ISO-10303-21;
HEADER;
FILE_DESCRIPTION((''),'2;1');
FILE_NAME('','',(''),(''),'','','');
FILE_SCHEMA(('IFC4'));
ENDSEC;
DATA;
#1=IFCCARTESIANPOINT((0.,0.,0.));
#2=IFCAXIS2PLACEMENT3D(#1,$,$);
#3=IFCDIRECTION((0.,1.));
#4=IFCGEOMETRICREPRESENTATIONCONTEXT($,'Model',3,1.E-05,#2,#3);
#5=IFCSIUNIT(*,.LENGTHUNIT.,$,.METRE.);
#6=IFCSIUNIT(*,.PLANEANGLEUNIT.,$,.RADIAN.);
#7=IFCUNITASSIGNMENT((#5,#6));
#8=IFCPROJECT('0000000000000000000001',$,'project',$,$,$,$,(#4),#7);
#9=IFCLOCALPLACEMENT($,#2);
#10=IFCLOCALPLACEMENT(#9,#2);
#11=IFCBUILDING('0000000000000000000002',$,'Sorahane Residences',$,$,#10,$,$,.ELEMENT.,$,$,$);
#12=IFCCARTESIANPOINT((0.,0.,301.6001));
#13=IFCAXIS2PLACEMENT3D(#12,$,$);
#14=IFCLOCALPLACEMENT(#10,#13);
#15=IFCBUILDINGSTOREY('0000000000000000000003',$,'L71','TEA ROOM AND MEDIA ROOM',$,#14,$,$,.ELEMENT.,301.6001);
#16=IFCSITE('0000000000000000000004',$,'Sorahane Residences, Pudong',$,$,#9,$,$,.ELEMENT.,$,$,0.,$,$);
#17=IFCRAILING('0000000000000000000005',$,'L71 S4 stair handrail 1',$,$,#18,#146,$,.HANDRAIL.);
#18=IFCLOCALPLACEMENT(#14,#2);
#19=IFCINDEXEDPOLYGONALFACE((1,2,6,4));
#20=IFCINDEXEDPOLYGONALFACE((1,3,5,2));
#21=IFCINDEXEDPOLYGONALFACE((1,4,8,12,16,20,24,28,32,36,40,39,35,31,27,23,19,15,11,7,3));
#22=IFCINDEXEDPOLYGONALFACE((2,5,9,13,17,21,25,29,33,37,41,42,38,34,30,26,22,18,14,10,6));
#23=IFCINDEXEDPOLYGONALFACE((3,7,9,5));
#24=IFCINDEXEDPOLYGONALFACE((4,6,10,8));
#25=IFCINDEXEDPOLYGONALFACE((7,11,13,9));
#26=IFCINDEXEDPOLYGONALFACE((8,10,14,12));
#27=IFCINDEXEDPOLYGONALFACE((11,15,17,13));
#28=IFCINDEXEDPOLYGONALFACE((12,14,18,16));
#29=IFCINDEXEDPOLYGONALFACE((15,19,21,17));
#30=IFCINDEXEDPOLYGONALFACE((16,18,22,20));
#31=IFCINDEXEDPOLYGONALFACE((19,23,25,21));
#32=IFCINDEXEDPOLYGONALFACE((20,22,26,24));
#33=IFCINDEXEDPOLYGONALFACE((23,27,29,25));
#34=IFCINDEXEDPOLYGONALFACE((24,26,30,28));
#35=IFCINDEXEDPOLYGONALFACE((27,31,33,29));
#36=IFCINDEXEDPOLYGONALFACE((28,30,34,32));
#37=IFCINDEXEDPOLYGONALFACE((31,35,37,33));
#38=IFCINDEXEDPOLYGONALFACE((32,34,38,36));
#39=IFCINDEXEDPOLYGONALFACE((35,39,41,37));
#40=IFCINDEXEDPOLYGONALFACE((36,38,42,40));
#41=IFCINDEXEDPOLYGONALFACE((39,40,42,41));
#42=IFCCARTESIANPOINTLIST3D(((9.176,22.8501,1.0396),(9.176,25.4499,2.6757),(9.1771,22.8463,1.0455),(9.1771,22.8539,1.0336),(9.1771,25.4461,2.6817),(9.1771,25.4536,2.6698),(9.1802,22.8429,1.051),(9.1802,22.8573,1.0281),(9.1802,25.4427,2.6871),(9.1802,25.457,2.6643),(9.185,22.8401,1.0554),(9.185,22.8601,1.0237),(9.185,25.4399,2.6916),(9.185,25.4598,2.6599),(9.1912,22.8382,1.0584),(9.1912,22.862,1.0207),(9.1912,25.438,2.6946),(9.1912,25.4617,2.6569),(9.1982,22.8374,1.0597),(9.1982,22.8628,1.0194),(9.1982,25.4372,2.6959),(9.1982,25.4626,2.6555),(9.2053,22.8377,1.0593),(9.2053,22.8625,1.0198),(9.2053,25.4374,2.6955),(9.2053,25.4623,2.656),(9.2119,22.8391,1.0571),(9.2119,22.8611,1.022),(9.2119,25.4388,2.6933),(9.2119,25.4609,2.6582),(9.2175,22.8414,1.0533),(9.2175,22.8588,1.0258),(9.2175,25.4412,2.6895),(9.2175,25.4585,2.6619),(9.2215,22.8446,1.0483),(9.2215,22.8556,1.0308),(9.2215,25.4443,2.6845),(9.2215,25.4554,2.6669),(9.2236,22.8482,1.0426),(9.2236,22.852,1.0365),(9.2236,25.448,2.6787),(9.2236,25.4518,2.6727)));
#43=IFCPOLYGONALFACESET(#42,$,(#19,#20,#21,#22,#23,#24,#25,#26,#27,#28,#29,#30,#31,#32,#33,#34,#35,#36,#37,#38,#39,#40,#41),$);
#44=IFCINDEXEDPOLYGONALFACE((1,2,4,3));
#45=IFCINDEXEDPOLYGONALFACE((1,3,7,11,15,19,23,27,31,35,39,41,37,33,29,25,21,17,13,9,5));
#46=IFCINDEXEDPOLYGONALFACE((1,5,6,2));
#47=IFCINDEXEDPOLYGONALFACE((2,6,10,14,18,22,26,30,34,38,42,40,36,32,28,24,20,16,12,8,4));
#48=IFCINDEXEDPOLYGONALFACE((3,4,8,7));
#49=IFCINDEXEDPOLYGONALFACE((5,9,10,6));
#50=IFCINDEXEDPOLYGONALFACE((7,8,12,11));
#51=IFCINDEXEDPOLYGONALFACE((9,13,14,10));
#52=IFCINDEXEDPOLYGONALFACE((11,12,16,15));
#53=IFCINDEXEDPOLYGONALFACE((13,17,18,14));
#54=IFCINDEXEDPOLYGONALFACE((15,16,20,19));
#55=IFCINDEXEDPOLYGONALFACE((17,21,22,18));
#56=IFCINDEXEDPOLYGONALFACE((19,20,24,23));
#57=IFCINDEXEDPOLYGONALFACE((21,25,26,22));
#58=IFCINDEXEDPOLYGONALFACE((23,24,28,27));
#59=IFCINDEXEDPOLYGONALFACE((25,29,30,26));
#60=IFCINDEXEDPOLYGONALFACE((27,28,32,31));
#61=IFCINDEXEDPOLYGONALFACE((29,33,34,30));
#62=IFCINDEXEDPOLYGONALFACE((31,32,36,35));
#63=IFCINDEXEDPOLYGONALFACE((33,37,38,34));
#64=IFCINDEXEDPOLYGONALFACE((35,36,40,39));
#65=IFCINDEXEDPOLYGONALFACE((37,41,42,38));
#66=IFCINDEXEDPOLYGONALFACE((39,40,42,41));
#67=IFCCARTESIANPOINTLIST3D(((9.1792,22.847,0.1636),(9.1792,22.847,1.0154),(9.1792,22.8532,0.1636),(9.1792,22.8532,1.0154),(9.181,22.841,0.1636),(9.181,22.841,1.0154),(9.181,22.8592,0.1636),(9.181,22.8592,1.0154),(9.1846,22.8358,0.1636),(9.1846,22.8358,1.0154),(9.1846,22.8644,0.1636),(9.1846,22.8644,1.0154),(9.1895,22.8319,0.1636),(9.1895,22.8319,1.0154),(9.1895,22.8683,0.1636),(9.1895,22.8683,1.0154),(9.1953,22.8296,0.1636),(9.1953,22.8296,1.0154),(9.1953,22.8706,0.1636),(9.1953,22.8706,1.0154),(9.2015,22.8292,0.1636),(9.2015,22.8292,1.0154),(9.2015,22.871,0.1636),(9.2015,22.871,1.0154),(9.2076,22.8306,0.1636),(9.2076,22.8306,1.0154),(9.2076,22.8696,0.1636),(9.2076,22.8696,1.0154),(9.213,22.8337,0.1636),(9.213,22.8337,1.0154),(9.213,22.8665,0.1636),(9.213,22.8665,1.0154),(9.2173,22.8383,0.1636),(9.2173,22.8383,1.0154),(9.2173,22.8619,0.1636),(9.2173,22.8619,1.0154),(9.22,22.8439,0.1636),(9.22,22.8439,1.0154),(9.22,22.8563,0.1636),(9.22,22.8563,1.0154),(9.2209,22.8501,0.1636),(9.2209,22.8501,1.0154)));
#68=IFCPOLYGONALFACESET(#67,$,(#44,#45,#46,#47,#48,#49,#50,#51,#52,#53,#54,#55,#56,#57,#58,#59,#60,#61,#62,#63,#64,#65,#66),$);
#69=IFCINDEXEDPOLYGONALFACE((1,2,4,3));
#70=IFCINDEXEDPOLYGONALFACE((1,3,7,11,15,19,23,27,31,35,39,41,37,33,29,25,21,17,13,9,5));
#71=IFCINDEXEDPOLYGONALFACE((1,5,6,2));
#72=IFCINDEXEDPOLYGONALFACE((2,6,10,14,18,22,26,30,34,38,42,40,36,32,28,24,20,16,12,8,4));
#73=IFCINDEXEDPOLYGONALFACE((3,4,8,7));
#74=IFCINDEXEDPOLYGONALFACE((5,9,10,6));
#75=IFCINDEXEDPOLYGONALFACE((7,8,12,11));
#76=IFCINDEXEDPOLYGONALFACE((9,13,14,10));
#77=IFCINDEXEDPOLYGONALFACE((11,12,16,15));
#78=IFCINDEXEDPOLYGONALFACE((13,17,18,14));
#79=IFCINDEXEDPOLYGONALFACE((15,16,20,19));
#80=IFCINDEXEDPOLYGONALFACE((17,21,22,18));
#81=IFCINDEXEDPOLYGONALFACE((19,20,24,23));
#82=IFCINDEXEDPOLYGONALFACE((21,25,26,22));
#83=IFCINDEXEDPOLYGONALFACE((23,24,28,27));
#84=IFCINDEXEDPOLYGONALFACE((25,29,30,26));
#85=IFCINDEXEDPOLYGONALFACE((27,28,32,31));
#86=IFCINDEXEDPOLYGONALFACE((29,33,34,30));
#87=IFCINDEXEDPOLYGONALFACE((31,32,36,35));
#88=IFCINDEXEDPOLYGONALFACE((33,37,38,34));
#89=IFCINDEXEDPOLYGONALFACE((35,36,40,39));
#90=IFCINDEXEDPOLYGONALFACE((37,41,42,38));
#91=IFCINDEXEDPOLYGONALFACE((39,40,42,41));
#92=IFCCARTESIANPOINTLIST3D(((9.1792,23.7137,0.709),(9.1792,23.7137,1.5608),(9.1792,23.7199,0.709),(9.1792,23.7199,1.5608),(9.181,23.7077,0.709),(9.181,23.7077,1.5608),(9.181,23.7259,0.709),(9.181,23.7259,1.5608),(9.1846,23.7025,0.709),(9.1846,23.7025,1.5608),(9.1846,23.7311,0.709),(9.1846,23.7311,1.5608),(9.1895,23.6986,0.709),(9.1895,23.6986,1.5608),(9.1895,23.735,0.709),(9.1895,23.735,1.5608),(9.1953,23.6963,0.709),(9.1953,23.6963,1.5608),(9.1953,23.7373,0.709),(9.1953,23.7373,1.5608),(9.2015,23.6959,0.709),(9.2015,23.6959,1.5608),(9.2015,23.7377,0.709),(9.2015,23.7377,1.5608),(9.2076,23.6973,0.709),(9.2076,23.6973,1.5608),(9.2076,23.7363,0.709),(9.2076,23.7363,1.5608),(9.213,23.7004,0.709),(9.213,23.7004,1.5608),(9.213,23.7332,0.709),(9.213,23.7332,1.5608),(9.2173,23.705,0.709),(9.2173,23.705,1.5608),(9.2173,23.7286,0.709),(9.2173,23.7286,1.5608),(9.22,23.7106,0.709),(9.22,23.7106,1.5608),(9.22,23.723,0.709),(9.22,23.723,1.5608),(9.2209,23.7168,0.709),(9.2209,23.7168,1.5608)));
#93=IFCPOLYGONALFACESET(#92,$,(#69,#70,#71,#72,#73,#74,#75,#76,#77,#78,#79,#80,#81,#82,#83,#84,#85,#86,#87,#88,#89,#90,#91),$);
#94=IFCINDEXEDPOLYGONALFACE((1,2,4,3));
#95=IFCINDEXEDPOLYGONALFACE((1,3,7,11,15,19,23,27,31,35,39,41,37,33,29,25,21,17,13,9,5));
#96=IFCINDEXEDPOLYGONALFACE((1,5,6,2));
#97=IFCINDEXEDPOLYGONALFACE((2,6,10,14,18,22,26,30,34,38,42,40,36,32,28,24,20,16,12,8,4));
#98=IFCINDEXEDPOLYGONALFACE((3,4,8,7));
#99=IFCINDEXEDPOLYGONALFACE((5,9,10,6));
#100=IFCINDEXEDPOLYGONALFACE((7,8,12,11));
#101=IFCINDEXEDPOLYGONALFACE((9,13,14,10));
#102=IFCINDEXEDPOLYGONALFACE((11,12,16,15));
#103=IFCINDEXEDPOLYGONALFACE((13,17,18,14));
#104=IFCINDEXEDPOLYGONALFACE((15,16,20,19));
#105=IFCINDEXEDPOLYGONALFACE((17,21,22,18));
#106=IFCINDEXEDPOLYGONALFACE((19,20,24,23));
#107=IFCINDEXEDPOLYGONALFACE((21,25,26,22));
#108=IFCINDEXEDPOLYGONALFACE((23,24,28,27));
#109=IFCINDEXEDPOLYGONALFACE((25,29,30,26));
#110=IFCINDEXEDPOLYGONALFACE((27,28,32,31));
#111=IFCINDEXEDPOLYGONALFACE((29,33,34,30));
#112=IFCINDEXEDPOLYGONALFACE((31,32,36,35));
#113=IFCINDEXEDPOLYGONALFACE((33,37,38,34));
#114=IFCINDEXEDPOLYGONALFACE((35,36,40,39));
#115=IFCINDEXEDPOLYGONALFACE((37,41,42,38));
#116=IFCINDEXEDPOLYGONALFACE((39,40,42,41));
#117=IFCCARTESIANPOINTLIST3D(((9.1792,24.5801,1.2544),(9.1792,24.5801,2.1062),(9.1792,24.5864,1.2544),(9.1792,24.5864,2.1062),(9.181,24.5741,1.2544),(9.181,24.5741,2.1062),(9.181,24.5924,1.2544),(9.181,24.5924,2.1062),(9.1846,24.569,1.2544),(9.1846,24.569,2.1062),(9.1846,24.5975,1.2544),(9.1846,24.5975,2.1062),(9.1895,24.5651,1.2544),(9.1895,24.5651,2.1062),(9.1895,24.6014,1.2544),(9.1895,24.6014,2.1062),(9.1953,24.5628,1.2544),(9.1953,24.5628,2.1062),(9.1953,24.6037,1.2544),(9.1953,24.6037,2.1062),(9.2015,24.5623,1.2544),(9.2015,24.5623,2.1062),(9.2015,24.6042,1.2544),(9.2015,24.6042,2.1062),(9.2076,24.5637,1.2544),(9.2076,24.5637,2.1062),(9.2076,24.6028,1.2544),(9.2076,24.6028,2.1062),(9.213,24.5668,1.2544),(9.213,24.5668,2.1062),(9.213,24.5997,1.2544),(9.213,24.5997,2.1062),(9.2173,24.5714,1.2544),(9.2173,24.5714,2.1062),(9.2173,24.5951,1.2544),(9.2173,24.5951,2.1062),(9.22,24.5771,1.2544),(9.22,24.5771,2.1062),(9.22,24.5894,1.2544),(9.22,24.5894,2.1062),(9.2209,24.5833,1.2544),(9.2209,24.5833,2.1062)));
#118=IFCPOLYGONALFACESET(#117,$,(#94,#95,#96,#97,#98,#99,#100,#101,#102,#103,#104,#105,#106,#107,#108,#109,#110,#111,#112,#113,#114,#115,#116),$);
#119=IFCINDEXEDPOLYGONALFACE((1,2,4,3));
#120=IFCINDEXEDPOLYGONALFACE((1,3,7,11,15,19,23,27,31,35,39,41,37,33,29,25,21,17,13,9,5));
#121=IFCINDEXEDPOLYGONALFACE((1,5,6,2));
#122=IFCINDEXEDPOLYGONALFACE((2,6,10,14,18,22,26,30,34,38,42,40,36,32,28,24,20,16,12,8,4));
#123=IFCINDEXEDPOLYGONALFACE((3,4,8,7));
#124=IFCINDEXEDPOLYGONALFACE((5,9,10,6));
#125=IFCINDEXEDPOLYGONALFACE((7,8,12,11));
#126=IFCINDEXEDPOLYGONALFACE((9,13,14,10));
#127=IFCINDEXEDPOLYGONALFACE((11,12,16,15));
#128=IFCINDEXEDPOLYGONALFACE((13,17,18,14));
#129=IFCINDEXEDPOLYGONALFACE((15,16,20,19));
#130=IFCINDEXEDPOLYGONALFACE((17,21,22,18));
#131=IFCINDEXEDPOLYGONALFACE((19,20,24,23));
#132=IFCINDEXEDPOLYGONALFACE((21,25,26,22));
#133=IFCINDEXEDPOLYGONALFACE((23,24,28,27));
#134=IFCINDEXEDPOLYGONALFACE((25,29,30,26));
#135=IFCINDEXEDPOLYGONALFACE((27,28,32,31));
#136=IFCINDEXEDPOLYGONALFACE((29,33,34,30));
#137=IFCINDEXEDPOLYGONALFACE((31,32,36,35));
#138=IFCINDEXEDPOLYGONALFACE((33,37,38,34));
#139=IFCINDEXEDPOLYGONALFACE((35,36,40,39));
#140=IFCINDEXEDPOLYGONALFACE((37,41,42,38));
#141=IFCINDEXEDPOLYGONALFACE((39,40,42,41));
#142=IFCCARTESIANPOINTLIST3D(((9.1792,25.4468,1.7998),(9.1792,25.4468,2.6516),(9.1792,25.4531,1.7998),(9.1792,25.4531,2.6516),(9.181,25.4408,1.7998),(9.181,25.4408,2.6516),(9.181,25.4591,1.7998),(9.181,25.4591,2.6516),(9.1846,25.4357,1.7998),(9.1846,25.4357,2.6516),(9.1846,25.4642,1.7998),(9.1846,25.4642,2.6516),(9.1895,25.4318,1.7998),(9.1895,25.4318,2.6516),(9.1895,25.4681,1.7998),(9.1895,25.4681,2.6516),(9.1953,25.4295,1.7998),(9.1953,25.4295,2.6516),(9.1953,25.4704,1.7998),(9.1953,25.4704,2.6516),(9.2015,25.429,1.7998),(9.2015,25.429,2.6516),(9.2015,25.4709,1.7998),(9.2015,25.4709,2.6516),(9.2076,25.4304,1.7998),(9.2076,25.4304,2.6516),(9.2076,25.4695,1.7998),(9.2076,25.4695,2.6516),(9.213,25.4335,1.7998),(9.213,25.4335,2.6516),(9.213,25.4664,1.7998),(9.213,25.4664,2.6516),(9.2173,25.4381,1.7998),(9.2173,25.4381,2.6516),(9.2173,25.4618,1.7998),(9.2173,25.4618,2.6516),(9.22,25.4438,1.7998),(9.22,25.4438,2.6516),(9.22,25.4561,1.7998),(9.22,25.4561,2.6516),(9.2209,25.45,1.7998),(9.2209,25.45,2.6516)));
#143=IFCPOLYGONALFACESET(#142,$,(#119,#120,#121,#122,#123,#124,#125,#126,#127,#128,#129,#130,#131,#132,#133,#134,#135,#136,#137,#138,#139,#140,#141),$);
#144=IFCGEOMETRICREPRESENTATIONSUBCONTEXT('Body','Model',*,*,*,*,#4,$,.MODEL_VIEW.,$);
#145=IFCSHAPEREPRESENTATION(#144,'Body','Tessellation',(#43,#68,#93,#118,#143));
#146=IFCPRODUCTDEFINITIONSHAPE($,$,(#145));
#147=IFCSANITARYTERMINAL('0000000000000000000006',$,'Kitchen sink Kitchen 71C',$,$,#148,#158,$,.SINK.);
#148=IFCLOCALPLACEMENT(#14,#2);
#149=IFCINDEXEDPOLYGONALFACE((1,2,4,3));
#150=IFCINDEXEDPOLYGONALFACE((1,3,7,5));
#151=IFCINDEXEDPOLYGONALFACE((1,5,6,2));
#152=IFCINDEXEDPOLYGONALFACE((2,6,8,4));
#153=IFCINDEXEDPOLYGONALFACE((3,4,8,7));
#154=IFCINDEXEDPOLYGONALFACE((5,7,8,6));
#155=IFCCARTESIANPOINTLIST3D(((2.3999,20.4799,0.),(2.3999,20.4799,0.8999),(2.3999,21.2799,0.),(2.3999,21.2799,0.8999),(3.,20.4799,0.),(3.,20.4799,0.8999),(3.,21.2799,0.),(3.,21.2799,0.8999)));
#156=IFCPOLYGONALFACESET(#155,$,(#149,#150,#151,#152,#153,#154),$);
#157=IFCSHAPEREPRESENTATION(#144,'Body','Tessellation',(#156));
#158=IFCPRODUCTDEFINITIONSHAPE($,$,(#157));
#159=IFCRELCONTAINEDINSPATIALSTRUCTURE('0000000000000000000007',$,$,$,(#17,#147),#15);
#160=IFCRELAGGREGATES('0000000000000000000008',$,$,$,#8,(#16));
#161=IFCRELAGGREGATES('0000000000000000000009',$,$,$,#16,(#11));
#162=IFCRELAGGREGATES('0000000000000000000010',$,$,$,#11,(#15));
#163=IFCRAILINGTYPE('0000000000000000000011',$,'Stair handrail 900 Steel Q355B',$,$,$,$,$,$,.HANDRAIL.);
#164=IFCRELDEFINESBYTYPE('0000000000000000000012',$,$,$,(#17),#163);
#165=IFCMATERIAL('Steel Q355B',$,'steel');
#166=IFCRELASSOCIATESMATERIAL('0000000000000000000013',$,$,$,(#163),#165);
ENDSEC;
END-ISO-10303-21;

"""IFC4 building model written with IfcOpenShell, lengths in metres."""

from ifc_helpers import new_model, si_unit, direction, frame, origin, origin_2d, place, context, subcontext, project, spatial, rectangle, circle, extrude, material, type_object, element, save


model = new_model("IFC4")

# Units and contexts
model_context = context("Model", 3, precision=1e-05, world=origin(), true_north=direction((0.0, 1.0)))
body_context = subcontext(model_context, "Body", "Model", "MODEL_VIEW")
ifc_project = project(units=[si_unit("LENGTHUNIT", "METRE"), si_unit("PLANEANGLEUNIT", "RADIAN")], contexts=[model_context])

# Site, building, storey
site_placement = place(None, origin())
site = spatial("IfcSite", under=ifc_project, at=site_placement, Name="Sorahane Residences, Pudong", CompositionType="ELEMENT", RefElevation=0.0)
building_placement = place(site_placement, origin())
building = spatial("IfcBuilding", under=site, at=building_placement, Name="Sorahane Residences", CompositionType="ELEMENT")
storey_placement = place(building_placement, frame((0.0, 0.0, 301.6001)))
storey = spatial("IfcBuildingStorey", under=building, at=storey_placement, Name="L71", Description="TEA ROOM AND MEDIA ROOM", CompositionType="ELEMENT", Elevation=301.6001)

# Railing
ifc_material_1 = material(Name="Steel Q355B", Category="steel")
railing_type_1 = type_object("IfcRailingType", Name="Stair handrail 900 Steel Q355B", PredefinedType="HANDRAIL", material=ifc_material_1)
railing_1_placement = place(storey_placement, frame((9.2, 22.8501, 0.1636)))
element("IfcRailing", 1, at=railing_1_placement, inside=storey, type_object=railing_type_1, Name="L71 S4 stair handrail 1", PredefinedType="HANDRAIL", context=body_context, shape_type="SweptSolid", body=[
    extrude(circle(Radius=0.0239, at=origin_2d()), frame((0.0, 0.0, 0.876), z_axis=(0.0, 0.846338, 0.532647), x_axis=(-1.0, 0.0, 0.0)), (0.0, 0.0, 1.0), 3.0718),
    extrude(circle(Radius=0.021, at=origin_2d()), origin(), (0.0, 0.0, 1.0), 0.8518),
    extrude(circle(Radius=0.021, at=origin_2d()), frame((0.0, 0.8667, 0.5454)), (0.0, 0.0, 1.0), 0.8518),
    extrude(circle(Radius=0.021, at=origin_2d()), frame((0.0, 1.7332, 1.0908)), (0.0, 0.0, 1.0), 0.8518),
    extrude(circle(Radius=0.021, at=origin_2d()), frame((0.0, 2.5999, 1.6362)), (0.0, 0.0, 1.0), 0.8518),
])

# Sanitary terminal
sanitary_terminal_placement = place(storey_placement, frame((2.7, 20.8799, 0.0), z_axis=(0.0, 0.0, 1.0), x_axis=(0.0, -1.0, 0.0)))
element("IfcSanitaryTerminal", 2, at=sanitary_terminal_placement, inside=storey, Name="Kitchen sink Kitchen 71C", PredefinedType="SINK", context=body_context, shape_type="SweptSolid", body=[
    extrude(rectangle(XDim=0.8, YDim=0.6001, at=origin_2d()), origin(), (0.0, 0.0, 1.0), 0.8999),
])

save(model, "model.ifc")
